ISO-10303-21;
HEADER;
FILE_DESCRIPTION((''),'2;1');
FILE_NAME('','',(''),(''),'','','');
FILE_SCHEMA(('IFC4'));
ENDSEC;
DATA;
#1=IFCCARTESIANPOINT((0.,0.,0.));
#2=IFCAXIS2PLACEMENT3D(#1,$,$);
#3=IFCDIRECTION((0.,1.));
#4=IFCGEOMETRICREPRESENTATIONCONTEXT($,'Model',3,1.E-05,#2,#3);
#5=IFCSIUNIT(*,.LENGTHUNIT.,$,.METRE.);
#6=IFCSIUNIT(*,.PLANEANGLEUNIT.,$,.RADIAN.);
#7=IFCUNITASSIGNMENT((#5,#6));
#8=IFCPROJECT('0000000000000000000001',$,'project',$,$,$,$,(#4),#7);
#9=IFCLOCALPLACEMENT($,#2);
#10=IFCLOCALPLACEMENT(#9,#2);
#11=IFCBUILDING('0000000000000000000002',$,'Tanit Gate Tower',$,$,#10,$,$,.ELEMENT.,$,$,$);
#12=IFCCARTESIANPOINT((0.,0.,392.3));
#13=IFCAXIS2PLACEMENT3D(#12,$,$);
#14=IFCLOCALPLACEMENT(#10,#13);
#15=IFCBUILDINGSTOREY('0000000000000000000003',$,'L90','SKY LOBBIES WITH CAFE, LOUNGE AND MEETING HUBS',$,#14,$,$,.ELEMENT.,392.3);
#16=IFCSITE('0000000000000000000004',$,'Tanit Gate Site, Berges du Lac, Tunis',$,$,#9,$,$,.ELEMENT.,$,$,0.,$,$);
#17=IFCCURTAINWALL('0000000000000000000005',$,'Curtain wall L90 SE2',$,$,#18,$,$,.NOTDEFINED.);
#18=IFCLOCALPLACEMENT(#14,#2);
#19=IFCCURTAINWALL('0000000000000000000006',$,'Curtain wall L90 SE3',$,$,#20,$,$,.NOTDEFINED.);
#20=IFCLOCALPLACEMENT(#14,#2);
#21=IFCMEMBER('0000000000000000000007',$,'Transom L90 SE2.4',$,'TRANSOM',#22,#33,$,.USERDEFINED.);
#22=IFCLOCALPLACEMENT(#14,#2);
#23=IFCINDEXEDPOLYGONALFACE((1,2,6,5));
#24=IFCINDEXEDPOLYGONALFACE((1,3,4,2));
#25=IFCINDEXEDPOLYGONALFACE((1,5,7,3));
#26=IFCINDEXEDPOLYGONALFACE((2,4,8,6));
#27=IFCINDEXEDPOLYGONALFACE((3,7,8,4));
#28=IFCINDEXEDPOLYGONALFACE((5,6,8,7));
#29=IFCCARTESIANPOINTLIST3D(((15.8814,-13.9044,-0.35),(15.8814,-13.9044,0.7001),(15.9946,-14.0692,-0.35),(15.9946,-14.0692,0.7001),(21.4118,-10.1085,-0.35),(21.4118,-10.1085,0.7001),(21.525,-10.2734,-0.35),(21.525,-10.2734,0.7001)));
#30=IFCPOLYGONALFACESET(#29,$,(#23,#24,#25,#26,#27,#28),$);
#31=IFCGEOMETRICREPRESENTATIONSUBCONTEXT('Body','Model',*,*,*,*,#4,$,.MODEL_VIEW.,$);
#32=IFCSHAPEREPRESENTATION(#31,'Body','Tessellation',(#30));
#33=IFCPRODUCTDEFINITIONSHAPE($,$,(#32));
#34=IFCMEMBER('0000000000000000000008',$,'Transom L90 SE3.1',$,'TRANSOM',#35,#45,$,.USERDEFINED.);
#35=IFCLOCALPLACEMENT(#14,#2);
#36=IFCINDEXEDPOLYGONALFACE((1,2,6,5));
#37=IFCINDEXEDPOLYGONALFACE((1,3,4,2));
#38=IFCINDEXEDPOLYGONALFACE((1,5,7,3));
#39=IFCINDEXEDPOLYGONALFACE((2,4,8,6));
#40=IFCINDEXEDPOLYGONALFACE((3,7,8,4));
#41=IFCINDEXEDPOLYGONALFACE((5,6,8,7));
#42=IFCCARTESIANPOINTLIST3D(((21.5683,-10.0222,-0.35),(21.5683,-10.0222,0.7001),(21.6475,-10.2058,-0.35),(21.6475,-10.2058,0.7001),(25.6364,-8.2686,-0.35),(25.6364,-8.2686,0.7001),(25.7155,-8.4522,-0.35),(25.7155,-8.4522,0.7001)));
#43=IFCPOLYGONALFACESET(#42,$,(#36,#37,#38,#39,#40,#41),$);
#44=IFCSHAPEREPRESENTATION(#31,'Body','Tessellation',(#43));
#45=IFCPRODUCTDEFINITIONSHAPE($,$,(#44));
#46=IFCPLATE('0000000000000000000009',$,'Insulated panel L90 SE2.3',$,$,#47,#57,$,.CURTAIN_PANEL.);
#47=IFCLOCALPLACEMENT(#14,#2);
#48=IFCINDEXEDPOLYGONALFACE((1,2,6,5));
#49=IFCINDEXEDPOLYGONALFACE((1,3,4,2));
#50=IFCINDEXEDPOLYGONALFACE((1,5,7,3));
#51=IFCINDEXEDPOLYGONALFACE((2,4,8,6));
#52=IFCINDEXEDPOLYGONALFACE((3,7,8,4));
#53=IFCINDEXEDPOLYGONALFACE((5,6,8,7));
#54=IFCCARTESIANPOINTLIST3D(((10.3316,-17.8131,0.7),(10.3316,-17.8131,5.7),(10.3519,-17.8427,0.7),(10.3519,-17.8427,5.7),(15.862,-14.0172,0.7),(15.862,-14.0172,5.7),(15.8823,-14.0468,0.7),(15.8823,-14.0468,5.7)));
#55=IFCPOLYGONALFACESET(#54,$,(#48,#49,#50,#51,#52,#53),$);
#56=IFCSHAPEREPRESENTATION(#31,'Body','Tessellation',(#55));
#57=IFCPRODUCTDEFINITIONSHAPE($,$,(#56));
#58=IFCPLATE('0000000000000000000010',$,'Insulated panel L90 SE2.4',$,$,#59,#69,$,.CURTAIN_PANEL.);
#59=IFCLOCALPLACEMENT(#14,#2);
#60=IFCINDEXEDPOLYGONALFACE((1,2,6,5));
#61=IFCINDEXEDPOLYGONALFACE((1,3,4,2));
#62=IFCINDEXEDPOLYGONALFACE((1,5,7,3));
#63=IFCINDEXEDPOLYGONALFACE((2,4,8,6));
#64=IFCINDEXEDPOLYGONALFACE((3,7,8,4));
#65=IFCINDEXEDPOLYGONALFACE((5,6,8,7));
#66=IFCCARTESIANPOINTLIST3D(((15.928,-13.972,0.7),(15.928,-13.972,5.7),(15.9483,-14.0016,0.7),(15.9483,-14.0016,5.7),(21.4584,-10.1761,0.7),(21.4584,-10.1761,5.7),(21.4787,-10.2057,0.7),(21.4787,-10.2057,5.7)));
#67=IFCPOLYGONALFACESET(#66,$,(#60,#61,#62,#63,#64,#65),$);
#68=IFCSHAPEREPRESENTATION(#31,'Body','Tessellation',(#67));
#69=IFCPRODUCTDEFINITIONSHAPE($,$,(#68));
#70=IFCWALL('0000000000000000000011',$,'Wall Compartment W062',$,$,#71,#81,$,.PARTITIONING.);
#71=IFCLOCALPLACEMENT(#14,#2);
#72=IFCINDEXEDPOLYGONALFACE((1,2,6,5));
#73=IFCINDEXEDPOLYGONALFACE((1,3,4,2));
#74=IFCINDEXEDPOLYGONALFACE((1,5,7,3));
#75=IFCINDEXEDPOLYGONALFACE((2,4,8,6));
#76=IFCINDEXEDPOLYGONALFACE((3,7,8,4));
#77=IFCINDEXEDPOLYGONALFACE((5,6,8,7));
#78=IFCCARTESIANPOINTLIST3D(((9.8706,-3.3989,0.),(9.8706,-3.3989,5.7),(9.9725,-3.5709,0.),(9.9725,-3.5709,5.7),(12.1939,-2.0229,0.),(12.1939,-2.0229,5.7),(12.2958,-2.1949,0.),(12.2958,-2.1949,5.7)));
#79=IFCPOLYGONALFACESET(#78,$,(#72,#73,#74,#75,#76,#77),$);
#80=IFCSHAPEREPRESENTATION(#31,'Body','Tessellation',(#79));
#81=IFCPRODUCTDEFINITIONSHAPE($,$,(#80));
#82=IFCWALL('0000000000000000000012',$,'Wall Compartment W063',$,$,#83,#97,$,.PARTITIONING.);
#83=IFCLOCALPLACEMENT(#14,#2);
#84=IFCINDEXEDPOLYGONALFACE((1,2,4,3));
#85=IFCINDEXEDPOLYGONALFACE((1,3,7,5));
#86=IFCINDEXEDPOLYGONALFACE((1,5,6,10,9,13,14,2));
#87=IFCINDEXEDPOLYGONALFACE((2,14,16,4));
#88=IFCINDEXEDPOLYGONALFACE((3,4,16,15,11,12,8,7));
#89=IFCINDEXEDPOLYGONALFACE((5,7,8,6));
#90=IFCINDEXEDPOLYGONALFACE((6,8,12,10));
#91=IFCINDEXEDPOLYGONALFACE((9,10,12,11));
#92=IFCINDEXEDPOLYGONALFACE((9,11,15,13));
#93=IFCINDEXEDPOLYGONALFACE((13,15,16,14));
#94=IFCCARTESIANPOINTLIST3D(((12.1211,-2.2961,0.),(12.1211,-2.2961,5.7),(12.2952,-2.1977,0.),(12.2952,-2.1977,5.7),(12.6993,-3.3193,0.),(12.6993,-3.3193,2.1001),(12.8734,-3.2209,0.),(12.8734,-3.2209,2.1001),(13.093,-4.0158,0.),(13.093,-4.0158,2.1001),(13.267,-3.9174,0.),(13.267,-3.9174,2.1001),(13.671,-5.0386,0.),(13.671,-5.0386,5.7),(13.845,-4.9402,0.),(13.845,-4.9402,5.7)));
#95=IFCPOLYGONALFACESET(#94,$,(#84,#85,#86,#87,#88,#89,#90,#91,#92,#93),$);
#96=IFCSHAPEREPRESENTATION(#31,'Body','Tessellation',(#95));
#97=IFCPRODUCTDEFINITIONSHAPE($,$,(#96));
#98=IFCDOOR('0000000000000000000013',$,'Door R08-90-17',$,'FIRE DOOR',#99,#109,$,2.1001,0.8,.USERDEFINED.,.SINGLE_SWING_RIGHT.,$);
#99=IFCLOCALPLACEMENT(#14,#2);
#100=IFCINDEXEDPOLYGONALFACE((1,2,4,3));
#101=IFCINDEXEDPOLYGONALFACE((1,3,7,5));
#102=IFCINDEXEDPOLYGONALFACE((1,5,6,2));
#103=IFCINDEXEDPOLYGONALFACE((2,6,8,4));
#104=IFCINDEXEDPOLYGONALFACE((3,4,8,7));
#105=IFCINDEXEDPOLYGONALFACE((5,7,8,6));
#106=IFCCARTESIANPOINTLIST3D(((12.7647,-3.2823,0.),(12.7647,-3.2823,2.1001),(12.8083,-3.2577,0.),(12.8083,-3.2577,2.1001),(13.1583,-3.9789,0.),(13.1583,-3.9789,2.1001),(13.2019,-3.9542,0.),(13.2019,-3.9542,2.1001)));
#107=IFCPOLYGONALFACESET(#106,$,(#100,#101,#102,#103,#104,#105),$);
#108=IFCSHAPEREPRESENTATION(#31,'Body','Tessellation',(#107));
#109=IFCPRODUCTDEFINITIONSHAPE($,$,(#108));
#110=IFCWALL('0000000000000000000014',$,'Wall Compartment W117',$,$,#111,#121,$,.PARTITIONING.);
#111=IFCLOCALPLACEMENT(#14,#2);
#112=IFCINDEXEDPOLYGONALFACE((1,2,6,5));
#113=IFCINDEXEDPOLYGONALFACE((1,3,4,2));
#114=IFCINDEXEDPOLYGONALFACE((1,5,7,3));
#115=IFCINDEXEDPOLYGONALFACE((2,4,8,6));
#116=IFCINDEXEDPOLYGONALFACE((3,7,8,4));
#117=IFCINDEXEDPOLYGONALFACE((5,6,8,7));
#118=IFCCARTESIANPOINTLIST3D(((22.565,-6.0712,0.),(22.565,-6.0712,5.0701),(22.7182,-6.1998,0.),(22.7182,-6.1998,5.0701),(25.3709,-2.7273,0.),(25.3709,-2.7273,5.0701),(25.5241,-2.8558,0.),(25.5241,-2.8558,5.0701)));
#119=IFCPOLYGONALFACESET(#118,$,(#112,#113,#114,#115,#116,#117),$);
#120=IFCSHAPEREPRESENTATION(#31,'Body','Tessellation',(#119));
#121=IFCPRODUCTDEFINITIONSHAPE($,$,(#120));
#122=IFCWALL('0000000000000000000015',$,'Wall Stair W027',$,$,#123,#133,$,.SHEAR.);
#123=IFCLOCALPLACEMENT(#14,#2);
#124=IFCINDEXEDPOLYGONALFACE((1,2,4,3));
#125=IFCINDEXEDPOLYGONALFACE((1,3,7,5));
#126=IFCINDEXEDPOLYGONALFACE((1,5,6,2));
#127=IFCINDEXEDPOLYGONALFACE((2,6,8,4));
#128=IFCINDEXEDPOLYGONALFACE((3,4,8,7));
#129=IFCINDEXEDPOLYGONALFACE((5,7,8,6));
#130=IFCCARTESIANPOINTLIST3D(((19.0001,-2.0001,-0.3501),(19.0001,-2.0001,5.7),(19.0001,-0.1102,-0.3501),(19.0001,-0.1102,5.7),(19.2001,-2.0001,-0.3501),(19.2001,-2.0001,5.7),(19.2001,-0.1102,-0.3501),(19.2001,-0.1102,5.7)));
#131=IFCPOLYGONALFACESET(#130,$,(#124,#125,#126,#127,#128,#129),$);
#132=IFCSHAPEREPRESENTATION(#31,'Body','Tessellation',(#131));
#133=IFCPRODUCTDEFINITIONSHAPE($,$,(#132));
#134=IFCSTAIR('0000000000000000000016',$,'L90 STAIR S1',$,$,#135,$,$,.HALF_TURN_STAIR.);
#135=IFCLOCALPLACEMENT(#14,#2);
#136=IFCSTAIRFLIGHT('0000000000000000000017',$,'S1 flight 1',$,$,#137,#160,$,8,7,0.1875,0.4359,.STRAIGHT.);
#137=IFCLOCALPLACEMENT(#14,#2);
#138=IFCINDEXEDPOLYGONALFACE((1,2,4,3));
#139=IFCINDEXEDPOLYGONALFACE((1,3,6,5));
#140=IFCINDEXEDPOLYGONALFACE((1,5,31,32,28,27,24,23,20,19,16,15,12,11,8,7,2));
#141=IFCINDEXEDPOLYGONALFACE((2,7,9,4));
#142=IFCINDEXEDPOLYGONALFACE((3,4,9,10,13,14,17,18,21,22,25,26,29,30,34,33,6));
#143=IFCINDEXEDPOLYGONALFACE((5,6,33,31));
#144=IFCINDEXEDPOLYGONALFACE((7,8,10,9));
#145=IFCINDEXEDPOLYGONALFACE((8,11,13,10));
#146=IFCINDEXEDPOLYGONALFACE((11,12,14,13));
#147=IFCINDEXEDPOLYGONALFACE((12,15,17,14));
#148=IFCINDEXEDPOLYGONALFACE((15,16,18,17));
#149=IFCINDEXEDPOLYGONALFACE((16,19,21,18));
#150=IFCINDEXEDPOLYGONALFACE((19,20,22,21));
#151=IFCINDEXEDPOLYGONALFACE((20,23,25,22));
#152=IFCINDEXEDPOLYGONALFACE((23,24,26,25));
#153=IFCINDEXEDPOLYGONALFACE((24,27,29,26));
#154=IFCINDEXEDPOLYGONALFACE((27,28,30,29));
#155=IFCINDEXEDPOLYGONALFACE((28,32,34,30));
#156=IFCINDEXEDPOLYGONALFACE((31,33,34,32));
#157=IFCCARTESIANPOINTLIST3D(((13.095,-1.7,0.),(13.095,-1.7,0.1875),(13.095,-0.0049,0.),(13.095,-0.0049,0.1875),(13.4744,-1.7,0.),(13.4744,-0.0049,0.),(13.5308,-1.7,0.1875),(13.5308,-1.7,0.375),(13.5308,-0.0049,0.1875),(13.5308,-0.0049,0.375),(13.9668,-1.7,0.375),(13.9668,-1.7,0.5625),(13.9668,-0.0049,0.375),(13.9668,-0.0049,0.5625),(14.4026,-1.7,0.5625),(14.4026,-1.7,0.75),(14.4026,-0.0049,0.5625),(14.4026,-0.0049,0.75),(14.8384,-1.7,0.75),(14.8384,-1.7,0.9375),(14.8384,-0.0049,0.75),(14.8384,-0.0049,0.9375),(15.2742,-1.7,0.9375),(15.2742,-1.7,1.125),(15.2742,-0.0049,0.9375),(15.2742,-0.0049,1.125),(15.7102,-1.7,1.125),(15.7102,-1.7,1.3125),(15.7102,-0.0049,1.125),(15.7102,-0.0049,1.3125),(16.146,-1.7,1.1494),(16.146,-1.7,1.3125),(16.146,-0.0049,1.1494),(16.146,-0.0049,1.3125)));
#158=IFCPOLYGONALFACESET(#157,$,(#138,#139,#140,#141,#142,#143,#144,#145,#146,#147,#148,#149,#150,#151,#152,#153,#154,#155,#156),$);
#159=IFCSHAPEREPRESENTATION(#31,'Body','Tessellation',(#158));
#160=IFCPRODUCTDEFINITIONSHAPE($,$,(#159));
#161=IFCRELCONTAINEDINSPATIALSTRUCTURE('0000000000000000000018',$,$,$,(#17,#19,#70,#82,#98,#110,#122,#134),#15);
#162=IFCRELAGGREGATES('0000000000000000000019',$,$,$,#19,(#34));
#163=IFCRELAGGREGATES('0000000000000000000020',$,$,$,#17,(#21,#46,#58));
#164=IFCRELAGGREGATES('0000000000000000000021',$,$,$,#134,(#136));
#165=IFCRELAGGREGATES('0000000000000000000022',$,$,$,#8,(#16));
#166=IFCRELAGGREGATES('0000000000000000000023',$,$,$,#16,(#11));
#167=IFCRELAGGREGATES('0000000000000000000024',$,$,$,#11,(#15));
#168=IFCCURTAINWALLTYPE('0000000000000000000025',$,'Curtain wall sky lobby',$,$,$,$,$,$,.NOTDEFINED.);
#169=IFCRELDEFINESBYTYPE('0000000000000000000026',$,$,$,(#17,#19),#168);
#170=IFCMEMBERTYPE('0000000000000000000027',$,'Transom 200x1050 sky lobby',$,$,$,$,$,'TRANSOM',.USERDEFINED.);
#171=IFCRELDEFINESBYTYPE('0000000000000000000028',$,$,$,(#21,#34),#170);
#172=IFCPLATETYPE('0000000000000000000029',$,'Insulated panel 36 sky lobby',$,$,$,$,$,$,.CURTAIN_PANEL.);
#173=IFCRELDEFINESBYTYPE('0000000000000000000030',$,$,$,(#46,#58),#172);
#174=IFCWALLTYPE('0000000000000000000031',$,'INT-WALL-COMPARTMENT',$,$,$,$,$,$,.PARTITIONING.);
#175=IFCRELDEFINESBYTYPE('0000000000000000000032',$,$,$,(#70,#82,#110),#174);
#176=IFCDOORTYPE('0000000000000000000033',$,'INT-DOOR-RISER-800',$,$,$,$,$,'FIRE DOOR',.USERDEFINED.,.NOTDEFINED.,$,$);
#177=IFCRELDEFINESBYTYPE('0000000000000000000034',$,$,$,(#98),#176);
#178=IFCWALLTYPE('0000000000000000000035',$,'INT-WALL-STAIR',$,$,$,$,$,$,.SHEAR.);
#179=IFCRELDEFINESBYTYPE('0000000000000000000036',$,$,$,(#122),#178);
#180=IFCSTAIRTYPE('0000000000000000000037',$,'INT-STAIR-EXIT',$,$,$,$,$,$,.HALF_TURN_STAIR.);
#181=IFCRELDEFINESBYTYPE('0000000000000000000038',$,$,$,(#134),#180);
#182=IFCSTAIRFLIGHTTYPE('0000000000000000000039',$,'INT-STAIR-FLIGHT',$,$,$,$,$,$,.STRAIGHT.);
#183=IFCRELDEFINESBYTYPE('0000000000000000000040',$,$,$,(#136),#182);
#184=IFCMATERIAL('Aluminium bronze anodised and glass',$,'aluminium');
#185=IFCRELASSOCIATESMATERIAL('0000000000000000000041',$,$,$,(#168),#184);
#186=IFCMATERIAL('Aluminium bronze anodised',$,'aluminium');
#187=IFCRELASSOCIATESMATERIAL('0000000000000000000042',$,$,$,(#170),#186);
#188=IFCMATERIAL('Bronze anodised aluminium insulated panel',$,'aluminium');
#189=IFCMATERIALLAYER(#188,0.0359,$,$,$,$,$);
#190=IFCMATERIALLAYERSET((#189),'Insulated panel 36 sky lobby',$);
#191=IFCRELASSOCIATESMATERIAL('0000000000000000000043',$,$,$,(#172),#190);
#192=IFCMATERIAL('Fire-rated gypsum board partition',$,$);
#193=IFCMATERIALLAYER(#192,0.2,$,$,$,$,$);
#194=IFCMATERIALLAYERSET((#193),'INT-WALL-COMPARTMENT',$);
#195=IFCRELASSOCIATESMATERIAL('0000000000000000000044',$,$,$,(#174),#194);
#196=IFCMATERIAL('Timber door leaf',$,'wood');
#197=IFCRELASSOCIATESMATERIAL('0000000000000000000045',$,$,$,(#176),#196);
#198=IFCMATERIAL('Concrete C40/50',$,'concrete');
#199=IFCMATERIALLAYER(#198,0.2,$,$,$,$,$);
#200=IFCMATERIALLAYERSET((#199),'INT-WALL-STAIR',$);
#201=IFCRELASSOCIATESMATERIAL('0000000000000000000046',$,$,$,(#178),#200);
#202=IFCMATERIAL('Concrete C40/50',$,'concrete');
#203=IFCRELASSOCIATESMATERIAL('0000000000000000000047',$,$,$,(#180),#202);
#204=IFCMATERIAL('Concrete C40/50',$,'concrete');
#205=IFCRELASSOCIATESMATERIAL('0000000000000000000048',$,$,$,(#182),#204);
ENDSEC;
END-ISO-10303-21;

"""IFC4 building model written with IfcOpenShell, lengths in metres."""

from ifc_helpers import new_model, si_unit, direction, frame, frame_2d, origin, origin_2d, place, context, subcontext, project, spatial, polyline, rectangle, outline, extrude, material, layer, layer_set, material_profile, profile_set, type_object, element, fill, aggregate, save


model = new_model("IFC4")

# Units and contexts
model_context = context("Model", 3, precision=1e-05, world=origin(), true_north=direction((0.0, 1.0)))
body_context = subcontext(model_context, "Body", "Model", "MODEL_VIEW")
ifc_project = project(units=[si_unit("LENGTHUNIT", "METRE"), si_unit("PLANEANGLEUNIT", "RADIAN")], contexts=[model_context])

# Site, building, storey
site_placement = place(None, origin())
site = spatial("IfcSite", under=ifc_project, at=site_placement, Name="Tanit Gate Site, Berges du Lac, Tunis", CompositionType="ELEMENT", RefElevation=0.0)
building_placement = place(site_placement, origin())
building = spatial("IfcBuilding", under=site, at=building_placement, Name="Tanit Gate Tower", CompositionType="ELEMENT")
storey_placement = place(building_placement, frame((0.0, 0.0, 392.3)))
storey = spatial("IfcBuildingStorey", under=building, at=storey_placement, Name="L90", Description="SKY LOBBIES WITH CAFE, LOUNGE AND MEETING HUBS", CompositionType="ELEMENT", Elevation=392.3)

# Curtain wall
ifc_material_1 = material(Name="Aluminium bronze anodised and glass", Category="aluminium")
curtain_wall_type = type_object("IfcCurtainWallType", Name="Curtain wall sky lobby", PredefinedType="NOTDEFINED", material=ifc_material_1)
curtain_wall_1_placement = place(storey_placement, origin())
curtain_wall_1 = element("IfcCurtainWall", 1, at=curtain_wall_1_placement, inside=storey, type_object=curtain_wall_type, Name="Curtain wall L90 SE2", PredefinedType="NOTDEFINED")

# Curtain wall
curtain_wall_2_placement = place(storey_placement, origin())
curtain_wall_2 = element("IfcCurtainWall", 2, at=curtain_wall_2_placement, inside=storey, type_object=curtain_wall_type, Name="Curtain wall L90 SE3", PredefinedType="NOTDEFINED")

# Members
ifc_material_2 = material(Name="Aluminium bronze anodised", Category="aluminium")
ifc_material_profile_1 = material_profile(ifc_material_2, rectangle(XDim=0.2, YDim=1.05, at=origin_2d()), Name="200x1050 bronze transom")
ifc_profile_set_1 = profile_set([ifc_material_profile_1], Name="Aluminium bronze anodised")
member_type_1 = type_object("IfcMemberType", Name="Transom 200x1050 sky lobby", ElementType="TRANSOM", PredefinedType="USERDEFINED", material=ifc_profile_set_1)
member_1_placement = place(storey_placement, frame((15.938, -13.9868, 0.175), z_axis=(0.824482, 0.565888, 0.0), x_axis=(-0.565888, 0.824482, 0.0)))
member_1 = element("IfcMember", 3, at=member_1_placement, type_object=member_type_1, Name="Transom L90 SE2.4", ObjectType="TRANSOM", PredefinedType="USERDEFINED", context=body_context, shape_type="SweptSolid", body=[
    extrude(rectangle(XDim=0.2, YDim=1.05, at=origin_2d()), origin(), (0.0, 0.0, 1.0), 6.7078),
])
member_2_placement = place(storey_placement, frame((21.6079, -10.114, 0.175), z_axis=(0.918311, 0.395861, 0.0), x_axis=(-0.395861, 0.918311, 0.0)))
member_2 = element("IfcMember", 4, at=member_2_placement, type_object=member_type_1, Name="Transom L90 SE3.1", ObjectType="TRANSOM", PredefinedType="USERDEFINED", context=body_context, shape_type="SweptSolid", body=[
    extrude(rectangle(XDim=0.2, YDim=1.05, at=origin_2d()), origin(), (0.0, 0.0, 1.0), 4.4299),
])
aggregate(curtain_wall_2, [member_2])

# Plates
ifc_material_3 = material(Name="Bronze anodised aluminium insulated panel", Category="aluminium")
ifc_layer_1 = layer(ifc_material_3, 0.0359)
ifc_layer_set_1 = layer_set([ifc_layer_1], Name="Insulated panel 36 sky lobby")
plate_type = type_object("IfcPlateType", Name="Insulated panel 36 sky lobby", PredefinedType="CURTAIN_PANEL", material=ifc_layer_set_1)
plate_1_placement = place(storey_placement, frame((13.1069, -15.9299, 0.7), z_axis=(0.0, 0.0, 1.0), x_axis=(0.824479, 0.565893, 0.0)))
plate_1 = element("IfcPlate", 5, at=plate_1_placement, type_object=plate_type, Name="Insulated panel L90 SE2.3", PredefinedType="CURTAIN_PANEL", context=body_context, shape_type="SweptSolid", body=[
    extrude(rectangle(XDim=6.7078, YDim=0.0359, at=origin_2d()), origin(), (0.0, 0.0, 1.0), 5.0),
])
plate_2_placement = place(storey_placement, frame((18.7034, -12.0889, 0.7), z_axis=(0.0, 0.0, 1.0), x_axis=(0.824479, 0.565893, 0.0)))
plate_2 = element("IfcPlate", 6, at=plate_2_placement, type_object=plate_type, Name="Insulated panel L90 SE2.4", PredefinedType="CURTAIN_PANEL", context=body_context, shape_type="SweptSolid", body=[
    extrude(rectangle(XDim=6.7078, YDim=0.0359, at=origin_2d()), origin(), (0.0, 0.0, 1.0), 5.0),
])
aggregate(curtain_wall_1, [member_1, plate_1, plate_2])

# Wall
ifc_material_4 = material(Name="Fire-rated gypsum board partition")
ifc_layer_2 = layer(ifc_material_4, 0.2)
ifc_layer_set_2 = layer_set([ifc_layer_2], Name="INT-WALL-COMPARTMENT")
wall_type_1 = type_object("IfcWallType", Name="INT-WALL-COMPARTMENT", PredefinedType="PARTITIONING", material=ifc_layer_set_2)
wall_1_placement = place(storey_placement, frame((12.2449, -2.1089, 0.0), z_axis=(0.0, 0.0, 1.0), x_axis=(-0.860415, -0.509594, 0.0)))
element("IfcWall", 7, at=wall_1_placement, inside=storey, type_object=wall_type_1, Name="Wall Compartment W062", PredefinedType="PARTITIONING", context=body_context, shape_type="SweptSolid", body=[
    extrude(rectangle(XDim=2.7002, YDim=0.2, at=frame_2d((1.3501, 0.0))), origin(), (0.0, 0.0, 1.0), 5.7),
])

# Wall, opening, door
wall_2_placement = place(storey_placement, frame((13.7581, -4.9895, 0.0), z_axis=(0.0, 0.0, 1.0), x_axis=(-0.491993, 0.870599, 0.0)))
wall_2 = element("IfcWall", 8, at=wall_2_placement, inside=storey, type_object=wall_type_1, Name="Wall Compartment W063", PredefinedType="PARTITIONING", context=body_context, shape_type="SweptSolid", body=[
    extrude(rectangle(XDim=3.1501, YDim=0.2, at=frame_2d((1.5752, 0.0))), origin(), (0.0, 0.0, 1.0), 5.7),
])
opening_1_placement = place(wall_2_placement, frame((1.175, 0.0, 0.0)))
opening_1 = element("IfcOpeningElement", 9, at=opening_1_placement, cuts=wall_2, PredefinedType="OPENING", context=body_context, shape_type="SweptSolid", body=[
    extrude(rectangle(XDim=0.8, YDim=2.1001, at=frame_2d((0.3999, 1.05))), frame((0.0, 0.1099, 0.0), z_axis=(0.0, -1.0, 0.0), x_axis=(1.0, 0.0, 0.0)), (0.0, 0.0, 1.0), 0.22),
])
ifc_material_5 = material(Name="Timber door leaf", Category="wood")
door_type_1 = type_object("IfcDoorType", Name="INT-DOOR-RISER-800", ElementType="FIRE DOOR", OperationType="NOTDEFINED", PredefinedType="USERDEFINED", material=ifc_material_5)
door_1_placement = place(opening_1_placement, origin())
door_1 = element("IfcDoor", 10, at=door_1_placement, inside=storey, type_object=door_type_1, Name="Door R08-90-17", ObjectType="FIRE DOOR", OperationType="SINGLE_SWING_RIGHT", OverallHeight=2.1001, OverallWidth=0.8, PredefinedType="USERDEFINED", context=body_context, shape_type="SweptSolid", body=[
    extrude(rectangle(XDim=0.8, YDim=2.1001, at=frame_2d((0.3999, 1.05))), frame((0.0, 0.0249, 0.0), z_axis=(0.0, -1.0, 0.0), x_axis=(1.0, 0.0, 0.0)), (0.0, 0.0, 1.0), 0.05),
])
fill(opening_1, door_1)

# Walls
wall_3_placement = place(storey_placement, frame((22.6416, -6.1355, 0.0), z_axis=(0.0, 0.0, 1.0), x_axis=(0.642783, 0.766049, 0.0)))
element("IfcWall", 11, at=wall_3_placement, inside=storey, type_object=wall_type_1, Name="Wall Compartment W117", PredefinedType="PARTITIONING", context=body_context, shape_type="SweptSolid", body=[
    extrude(rectangle(XDim=4.3652, YDim=0.2, at=frame_2d((2.1826, 0.0))), origin(), (0.0, 0.0, 1.0), 5.0701),
])
ifc_material_6 = material(Name="Concrete C40/50", Category="concrete")
ifc_layer_3 = layer(ifc_material_6, 0.2)
ifc_layer_set_3 = layer_set([ifc_layer_3], Name="INT-WALL-STAIR")
wall_type_2 = type_object("IfcWallType", Name="INT-WALL-STAIR", PredefinedType="SHEAR", material=ifc_layer_set_3)
wall_4_placement = place(storey_placement, frame((19.1001, -2.0, -0.3501), z_axis=(0.0, 0.0, 1.0), x_axis=(0.0, 1.0, 0.0)))
element("IfcWall", 12, at=wall_4_placement, inside=storey, type_object=wall_type_2, Name="Wall Stair W027", PredefinedType="SHEAR", context=body_context, shape_type="SweptSolid", body=[
    extrude(rectangle(XDim=1.8899, YDim=0.2, at=frame_2d((0.9448, 0.0))), origin(), (0.0, 0.0, 1.0), 6.05),
])

# Stair, stair flight
ifc_material_7 = material(Name="Concrete C40/50", Category="concrete")
stair_type = type_object("IfcStairType", Name="INT-STAIR-EXIT", PredefinedType="HALF_TURN_STAIR", material=ifc_material_7)
stair_placement = place(storey_placement, origin())
stair = element("IfcStair", 13, at=stair_placement, inside=storey, type_object=stair_type, Name="L90 STAIR S1", PredefinedType="HALF_TURN_STAIR")
ifc_material_8 = material(Name="Concrete C40/50", Category="concrete")
stair_flight_type = type_object("IfcStairFlightType", Name="INT-STAIR-FLIGHT", PredefinedType="STRAIGHT", material=ifc_material_8)
stair_flight_1_placement = place(storey_placement, frame((13.095, -0.8525, 0.0), z_axis=(0.0, 0.0, 1.0), x_axis=(1.0, 0.0, 0.0)))
stair_flight_1 = element("IfcStairFlight", 14, at=stair_flight_1_placement, type_object=stair_flight_type, Name="S1 flight 1", NumberOfRisers=8, NumberOfTreads=7, PredefinedType="STRAIGHT", RiserHeight=0.1875, TreadLength=0.4359, context=body_context, shape_type="SweptSolid", body=[
    extrude(outline(polyline([(0.0, 0.0), (0.0, 0.1875), (0.4358, 0.1875), (0.4358, 0.375), (0.8718, 0.375), (0.8718, 0.5625), (1.3076, 0.5625), (1.3076, 0.75), (1.7434, 0.75), (1.7434, 0.9375), (2.1792, 0.9375), (2.1792, 1.125), (2.6152, 1.125), (2.6152, 1.3125), (3.051, 1.3125), (3.051, 1.5), (3.051, 1.1494), (0.3794, 0.0), (0.0, 0.0)])), frame((0.0, 0.8477, 0.0), z_axis=(0.0, -1.0, 0.0), x_axis=(1.0, 0.0, 0.0)), (0.0, 0.0, 1.0), 1.6951),
])
aggregate(stair, [stair_flight_1])

save(model, "model.ifc")
